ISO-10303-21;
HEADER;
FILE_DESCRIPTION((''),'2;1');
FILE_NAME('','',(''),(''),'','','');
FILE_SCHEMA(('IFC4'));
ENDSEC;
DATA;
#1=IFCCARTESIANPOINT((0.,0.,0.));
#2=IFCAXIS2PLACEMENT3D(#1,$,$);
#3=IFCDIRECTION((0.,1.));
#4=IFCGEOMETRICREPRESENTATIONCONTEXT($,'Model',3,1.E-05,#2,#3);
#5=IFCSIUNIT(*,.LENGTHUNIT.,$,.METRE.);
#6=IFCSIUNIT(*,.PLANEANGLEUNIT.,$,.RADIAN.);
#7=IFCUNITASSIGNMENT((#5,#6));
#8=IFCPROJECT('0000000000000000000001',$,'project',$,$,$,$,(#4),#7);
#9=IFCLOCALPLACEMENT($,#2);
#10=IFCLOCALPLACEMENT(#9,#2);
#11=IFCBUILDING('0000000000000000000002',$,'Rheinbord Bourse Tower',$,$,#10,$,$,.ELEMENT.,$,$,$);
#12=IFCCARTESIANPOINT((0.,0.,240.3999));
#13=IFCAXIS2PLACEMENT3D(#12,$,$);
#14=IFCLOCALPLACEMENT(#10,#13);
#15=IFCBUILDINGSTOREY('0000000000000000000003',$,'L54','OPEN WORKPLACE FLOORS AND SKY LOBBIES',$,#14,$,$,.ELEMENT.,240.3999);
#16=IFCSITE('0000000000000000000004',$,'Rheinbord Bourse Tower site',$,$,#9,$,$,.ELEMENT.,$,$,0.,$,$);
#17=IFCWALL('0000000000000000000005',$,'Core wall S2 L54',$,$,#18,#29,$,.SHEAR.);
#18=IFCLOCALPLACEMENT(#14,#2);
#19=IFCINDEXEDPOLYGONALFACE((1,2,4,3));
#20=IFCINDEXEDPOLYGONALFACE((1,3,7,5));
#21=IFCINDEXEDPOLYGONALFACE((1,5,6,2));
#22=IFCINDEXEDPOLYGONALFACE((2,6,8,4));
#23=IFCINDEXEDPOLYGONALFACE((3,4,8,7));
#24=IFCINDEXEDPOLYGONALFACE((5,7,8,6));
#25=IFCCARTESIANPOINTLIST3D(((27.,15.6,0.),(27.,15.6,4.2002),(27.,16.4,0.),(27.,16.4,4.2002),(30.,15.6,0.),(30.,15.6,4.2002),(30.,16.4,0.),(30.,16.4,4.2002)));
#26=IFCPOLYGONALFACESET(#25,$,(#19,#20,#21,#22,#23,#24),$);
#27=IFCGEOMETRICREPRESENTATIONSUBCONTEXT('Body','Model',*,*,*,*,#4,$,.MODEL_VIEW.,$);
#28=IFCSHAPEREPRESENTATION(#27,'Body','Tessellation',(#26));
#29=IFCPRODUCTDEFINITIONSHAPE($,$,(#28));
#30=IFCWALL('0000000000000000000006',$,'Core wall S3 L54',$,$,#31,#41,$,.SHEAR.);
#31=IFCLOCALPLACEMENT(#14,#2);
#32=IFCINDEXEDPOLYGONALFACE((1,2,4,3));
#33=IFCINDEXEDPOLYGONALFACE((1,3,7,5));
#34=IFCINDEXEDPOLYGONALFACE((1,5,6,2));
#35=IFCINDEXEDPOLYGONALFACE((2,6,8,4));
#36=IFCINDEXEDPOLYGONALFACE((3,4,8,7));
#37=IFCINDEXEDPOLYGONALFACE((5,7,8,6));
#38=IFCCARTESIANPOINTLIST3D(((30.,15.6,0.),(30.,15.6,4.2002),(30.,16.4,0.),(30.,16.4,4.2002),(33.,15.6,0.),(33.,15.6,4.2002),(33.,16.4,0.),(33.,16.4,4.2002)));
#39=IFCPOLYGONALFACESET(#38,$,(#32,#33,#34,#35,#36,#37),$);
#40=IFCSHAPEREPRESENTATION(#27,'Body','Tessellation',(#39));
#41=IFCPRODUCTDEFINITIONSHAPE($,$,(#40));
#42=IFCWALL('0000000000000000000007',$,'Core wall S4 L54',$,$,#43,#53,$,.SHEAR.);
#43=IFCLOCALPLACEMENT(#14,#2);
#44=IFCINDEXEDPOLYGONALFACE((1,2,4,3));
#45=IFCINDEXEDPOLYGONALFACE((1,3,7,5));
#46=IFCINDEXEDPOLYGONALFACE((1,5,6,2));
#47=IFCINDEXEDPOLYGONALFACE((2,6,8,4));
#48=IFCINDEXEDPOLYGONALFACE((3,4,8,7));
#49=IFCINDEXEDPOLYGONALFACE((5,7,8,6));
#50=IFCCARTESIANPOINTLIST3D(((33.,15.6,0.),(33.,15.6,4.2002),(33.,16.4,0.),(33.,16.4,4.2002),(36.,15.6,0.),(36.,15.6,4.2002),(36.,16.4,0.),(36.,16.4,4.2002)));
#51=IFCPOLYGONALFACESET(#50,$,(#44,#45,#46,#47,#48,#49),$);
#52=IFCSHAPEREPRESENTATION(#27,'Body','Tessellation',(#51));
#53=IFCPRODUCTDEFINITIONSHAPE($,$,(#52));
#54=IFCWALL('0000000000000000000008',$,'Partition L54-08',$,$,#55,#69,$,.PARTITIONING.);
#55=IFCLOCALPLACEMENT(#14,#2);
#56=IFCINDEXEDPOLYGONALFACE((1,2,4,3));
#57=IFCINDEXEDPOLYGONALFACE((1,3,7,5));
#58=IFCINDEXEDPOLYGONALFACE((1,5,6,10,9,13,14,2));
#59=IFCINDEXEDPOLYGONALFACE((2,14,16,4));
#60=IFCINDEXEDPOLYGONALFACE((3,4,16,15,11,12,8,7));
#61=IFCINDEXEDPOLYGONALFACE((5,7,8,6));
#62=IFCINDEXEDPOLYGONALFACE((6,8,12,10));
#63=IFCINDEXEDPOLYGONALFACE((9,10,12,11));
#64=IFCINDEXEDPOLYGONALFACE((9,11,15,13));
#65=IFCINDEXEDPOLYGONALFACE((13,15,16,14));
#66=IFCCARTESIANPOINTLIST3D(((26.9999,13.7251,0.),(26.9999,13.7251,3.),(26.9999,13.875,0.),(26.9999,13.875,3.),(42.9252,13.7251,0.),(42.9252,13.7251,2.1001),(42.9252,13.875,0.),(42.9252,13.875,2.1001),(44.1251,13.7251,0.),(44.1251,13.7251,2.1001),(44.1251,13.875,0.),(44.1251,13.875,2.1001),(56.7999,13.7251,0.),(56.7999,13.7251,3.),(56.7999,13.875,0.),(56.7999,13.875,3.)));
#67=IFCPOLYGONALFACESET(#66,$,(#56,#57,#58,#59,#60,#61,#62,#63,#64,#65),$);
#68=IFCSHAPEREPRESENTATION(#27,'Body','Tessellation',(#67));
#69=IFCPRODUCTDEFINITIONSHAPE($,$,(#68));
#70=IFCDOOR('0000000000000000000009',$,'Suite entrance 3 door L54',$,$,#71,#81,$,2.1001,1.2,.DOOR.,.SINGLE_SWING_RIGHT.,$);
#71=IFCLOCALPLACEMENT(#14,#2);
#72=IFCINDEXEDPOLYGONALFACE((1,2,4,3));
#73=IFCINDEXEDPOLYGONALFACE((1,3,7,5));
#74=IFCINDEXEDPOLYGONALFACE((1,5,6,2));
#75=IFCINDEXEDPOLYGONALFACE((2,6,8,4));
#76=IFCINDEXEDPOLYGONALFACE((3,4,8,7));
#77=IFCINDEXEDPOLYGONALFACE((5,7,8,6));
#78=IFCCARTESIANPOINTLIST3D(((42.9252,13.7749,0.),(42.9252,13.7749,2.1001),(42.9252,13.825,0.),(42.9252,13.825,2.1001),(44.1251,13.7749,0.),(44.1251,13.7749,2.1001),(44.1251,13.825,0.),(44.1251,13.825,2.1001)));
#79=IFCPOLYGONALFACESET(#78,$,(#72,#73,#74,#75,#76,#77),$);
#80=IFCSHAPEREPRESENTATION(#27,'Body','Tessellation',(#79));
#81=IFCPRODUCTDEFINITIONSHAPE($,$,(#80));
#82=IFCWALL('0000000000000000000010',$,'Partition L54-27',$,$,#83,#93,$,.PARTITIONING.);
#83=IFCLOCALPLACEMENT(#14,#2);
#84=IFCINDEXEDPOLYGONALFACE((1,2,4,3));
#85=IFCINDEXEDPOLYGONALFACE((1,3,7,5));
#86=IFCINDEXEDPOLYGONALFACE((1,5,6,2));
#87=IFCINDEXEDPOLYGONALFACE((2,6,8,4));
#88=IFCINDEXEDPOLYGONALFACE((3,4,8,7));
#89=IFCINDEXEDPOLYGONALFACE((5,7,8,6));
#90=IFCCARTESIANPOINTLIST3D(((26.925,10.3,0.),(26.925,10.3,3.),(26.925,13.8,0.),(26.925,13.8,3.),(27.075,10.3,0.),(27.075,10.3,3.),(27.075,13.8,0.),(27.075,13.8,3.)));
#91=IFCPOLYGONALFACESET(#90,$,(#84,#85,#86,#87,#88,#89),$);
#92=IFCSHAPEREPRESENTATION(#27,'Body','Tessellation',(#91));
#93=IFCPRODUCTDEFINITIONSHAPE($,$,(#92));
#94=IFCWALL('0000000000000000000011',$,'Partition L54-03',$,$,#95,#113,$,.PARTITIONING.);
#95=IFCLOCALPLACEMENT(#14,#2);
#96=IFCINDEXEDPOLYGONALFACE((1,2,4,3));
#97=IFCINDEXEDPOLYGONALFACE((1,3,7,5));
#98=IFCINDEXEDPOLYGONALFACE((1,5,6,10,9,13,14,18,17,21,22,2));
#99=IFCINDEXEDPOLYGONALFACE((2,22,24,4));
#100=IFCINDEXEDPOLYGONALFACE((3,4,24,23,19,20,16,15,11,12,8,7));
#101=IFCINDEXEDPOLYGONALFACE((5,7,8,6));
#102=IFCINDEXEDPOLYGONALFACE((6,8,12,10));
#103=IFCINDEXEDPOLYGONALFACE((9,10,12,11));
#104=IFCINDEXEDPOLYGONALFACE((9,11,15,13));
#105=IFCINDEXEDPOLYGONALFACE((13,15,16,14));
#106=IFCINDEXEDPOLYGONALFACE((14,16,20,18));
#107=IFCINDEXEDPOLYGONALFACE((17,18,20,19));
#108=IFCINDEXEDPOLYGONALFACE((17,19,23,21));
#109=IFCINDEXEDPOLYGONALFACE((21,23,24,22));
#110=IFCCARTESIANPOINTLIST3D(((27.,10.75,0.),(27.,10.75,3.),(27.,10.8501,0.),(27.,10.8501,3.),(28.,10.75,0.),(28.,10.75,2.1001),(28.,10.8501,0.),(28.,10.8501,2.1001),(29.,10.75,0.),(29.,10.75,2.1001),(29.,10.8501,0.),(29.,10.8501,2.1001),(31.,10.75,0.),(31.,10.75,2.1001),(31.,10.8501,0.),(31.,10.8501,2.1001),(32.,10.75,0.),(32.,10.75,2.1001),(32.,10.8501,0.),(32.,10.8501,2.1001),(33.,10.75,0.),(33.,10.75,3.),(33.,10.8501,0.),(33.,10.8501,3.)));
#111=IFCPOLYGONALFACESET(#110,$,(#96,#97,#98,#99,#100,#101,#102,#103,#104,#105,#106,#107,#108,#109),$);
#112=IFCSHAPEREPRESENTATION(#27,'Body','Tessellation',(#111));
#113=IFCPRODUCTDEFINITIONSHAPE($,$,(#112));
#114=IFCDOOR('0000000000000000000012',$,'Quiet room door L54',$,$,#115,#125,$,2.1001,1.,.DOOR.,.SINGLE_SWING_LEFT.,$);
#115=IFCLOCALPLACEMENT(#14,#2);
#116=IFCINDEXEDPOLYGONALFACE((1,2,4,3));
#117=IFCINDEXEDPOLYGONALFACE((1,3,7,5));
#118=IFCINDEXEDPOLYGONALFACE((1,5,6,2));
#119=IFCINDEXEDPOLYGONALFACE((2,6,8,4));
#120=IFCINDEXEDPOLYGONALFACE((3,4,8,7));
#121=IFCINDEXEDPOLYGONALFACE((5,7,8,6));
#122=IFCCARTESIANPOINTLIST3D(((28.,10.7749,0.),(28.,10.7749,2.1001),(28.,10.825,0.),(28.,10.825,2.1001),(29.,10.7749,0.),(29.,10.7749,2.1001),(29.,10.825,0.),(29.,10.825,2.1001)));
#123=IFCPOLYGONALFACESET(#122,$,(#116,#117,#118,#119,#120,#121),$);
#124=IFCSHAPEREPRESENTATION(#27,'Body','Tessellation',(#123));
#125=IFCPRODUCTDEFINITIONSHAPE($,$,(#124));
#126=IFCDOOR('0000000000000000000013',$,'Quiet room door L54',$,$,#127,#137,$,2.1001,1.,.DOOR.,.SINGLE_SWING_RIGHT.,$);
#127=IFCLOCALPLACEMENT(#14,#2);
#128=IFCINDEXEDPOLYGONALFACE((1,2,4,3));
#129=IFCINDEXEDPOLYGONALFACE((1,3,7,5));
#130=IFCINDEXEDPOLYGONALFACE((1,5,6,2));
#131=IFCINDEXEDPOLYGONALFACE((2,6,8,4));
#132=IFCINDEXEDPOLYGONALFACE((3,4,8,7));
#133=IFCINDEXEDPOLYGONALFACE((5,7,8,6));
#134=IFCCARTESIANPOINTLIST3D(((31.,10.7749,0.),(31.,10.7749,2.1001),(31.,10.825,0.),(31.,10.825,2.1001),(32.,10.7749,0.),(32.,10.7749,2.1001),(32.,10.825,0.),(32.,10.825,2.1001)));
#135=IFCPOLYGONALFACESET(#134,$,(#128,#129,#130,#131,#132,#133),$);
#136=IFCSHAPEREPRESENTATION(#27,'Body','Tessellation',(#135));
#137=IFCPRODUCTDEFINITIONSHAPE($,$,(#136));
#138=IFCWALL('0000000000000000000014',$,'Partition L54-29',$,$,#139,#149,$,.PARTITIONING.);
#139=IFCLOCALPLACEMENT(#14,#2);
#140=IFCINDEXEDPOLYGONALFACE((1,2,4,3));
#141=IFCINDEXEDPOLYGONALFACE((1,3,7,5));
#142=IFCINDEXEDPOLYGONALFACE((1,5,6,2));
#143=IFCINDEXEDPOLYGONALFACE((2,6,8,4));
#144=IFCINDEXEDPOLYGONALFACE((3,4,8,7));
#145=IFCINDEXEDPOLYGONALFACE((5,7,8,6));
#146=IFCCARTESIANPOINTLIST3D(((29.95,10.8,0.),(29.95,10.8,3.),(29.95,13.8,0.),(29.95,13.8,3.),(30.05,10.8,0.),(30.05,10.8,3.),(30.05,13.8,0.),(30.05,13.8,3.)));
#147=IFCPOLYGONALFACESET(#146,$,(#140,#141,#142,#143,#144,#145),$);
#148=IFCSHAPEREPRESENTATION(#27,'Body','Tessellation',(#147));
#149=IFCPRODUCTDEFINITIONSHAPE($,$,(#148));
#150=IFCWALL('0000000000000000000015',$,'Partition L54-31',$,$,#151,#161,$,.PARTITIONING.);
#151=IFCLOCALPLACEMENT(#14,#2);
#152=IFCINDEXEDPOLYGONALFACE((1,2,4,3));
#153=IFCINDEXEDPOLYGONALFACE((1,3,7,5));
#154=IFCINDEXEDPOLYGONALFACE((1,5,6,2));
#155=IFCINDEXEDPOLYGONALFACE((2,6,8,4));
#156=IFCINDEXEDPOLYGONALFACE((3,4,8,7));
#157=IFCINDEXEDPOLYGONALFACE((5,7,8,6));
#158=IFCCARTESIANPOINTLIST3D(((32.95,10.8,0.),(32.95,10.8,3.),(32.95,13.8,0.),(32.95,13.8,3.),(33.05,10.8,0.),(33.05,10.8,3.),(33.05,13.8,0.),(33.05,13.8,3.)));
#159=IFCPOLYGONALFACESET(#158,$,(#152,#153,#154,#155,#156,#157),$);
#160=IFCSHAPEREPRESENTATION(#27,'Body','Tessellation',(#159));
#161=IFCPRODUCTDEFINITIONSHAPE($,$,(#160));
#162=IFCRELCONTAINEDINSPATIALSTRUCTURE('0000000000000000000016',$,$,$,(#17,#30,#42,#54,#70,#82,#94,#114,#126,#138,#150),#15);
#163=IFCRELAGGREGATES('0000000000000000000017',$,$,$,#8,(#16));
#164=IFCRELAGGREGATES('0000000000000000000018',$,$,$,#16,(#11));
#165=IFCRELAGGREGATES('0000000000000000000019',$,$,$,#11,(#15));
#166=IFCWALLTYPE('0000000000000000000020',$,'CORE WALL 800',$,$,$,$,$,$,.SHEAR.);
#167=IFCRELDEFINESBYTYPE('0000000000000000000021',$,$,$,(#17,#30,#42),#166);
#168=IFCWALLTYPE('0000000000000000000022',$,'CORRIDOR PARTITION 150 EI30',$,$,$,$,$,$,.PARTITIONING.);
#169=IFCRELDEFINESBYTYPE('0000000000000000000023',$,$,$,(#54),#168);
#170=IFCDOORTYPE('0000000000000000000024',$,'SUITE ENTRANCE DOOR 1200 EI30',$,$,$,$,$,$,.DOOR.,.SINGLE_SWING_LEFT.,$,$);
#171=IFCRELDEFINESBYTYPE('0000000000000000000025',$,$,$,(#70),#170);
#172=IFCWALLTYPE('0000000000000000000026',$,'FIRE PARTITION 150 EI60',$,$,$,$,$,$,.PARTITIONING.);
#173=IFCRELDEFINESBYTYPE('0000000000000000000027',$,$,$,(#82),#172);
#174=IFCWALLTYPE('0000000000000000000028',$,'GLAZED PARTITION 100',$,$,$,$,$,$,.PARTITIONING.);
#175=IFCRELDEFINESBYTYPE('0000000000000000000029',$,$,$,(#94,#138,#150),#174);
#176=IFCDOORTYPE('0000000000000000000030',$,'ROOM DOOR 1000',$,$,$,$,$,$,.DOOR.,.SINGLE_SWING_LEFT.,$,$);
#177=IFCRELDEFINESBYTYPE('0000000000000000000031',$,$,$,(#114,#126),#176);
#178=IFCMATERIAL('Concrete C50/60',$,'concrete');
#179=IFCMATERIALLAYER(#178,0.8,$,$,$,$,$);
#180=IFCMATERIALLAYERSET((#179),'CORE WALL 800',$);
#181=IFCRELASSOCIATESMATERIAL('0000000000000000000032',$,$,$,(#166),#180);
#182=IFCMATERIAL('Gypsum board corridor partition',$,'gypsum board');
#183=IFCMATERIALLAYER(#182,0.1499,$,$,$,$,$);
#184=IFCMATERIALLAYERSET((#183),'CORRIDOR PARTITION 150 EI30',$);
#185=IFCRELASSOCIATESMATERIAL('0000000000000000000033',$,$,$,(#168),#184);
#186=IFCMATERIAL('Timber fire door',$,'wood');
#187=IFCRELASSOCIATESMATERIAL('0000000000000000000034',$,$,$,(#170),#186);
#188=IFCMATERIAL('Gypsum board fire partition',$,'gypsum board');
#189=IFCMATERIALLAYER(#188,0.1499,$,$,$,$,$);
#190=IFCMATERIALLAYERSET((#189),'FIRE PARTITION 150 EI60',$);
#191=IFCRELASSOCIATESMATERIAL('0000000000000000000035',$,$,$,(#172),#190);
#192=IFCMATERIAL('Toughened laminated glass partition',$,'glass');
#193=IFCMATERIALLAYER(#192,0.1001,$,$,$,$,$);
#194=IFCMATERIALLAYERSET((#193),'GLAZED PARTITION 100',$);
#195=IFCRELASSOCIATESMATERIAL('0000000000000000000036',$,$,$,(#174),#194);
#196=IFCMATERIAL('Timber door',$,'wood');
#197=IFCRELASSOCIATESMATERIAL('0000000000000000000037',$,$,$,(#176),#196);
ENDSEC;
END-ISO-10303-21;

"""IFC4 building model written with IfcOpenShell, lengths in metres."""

from ifc_helpers import new_model, si_unit, direction, frame, frame_2d, origin, place, context, subcontext, project, spatial, rectangle, extrude, material, layer, layer_set, type_object, element, fill, save


model = new_model("IFC4")

# Units and contexts
model_context = context("Model", 3, precision=1e-05, world=origin(), true_north=direction((0.0, 1.0)))
body_context = subcontext(model_context, "Body", "Model", "MODEL_VIEW")
ifc_project = project(units=[si_unit("LENGTHUNIT", "METRE"), si_unit("PLANEANGLEUNIT", "RADIAN")], contexts=[model_context])

# Site, building, storey
site_placement = place(None, origin())
site = spatial("IfcSite", under=ifc_project, at=site_placement, Name="Rheinbord Bourse Tower site", CompositionType="ELEMENT", RefElevation=0.0)
building_placement = place(site_placement, origin())
building = spatial("IfcBuilding", under=site, at=building_placement, Name="Rheinbord Bourse Tower", CompositionType="ELEMENT")
storey_placement = place(building_placement, frame((0.0, 0.0, 240.3999)))
storey = spatial("IfcBuildingStorey", under=building, at=storey_placement, Name="L54", Description="OPEN WORKPLACE FLOORS AND SKY LOBBIES", CompositionType="ELEMENT", Elevation=240.3999)

# Walls
ifc_material_1 = material(Name="Concrete C50/60", Category="concrete")
ifc_layer_1 = layer(ifc_material_1, 0.8)
ifc_layer_set_1 = layer_set([ifc_layer_1], Name="CORE WALL 800")
wall_type_1 = type_object("IfcWallType", Name="CORE WALL 800", PredefinedType="SHEAR", material=ifc_layer_set_1)
for number, where, z_axis, x_axis, name in (
    (1, (27.0, 16.0, 0.0), (0.0, 0.0, 1.0), (1.0, 0.0, 0.0), "Core wall S2 L54"),
    (2, (30.0, 16.0, 0.0), (0.0, 0.0, 1.0), (1.0, 0.0, 0.0), "Core wall S3 L54"),
    (3, (33.0, 16.0, 0.0), (0.0, 0.0, 1.0), (1.0, 0.0, 0.0), "Core wall S4 L54"),
):
    element("IfcWall", number, at=place(storey_placement, frame(where, z_axis=z_axis, x_axis=x_axis)), inside=storey, type_object=wall_type_1, Name=name, PredefinedType="SHEAR", context=body_context, shape_type="SweptSolid", body=[
        extrude(rectangle(XDim=3.0, YDim=0.8, at=frame_2d((1.5, 0.0))), origin(), (0.0, 0.0, 1.0), 4.2002),
    ])

# Wall, opening, door
ifc_material_2 = material(Name="Gypsum board corridor partition", Category="gypsum board")
ifc_layer_2 = layer(ifc_material_2, 0.1499)
ifc_layer_set_2 = layer_set([ifc_layer_2], Name="CORRIDOR PARTITION 150 EI30")
wall_type_2 = type_object("IfcWallType", Name="CORRIDOR PARTITION 150 EI30", PredefinedType="PARTITIONING", material=ifc_layer_set_2)
wall_1_placement = place(storey_placement, frame((27.0, 13.8, 0.0), z_axis=(0.0, 0.0, 1.0), x_axis=(1.0, 0.0, 0.0)))
wall_1 = element("IfcWall", 4, at=wall_1_placement, inside=storey, type_object=wall_type_2, Name="Partition L54-08", PredefinedType="PARTITIONING", context=body_context, shape_type="SweptSolid", body=[
    extrude(rectangle(XDim=29.8, YDim=0.1499, at=frame_2d((14.8999, 0.0))), origin(), (0.0, 0.0, 1.0), 3.0),
])
opening_1_placement = place(wall_1_placement, frame((15.925, 0.0, 0.0)))
opening_1 = element("IfcOpeningElement", 5, at=opening_1_placement, cuts=wall_1, PredefinedType="OPENING", context=body_context, shape_type="SweptSolid", body=[
    extrude(rectangle(XDim=1.2, YDim=2.1001, at=frame_2d((0.6001, 1.05))), frame((0.0, 0.085, 0.0), z_axis=(0.0, -1.0, 0.0), x_axis=(1.0, 0.0, 0.0)), (0.0, 0.0, 1.0), 0.1699),
])
ifc_material_3 = material(Name="Timber fire door", Category="wood")
door_type_1 = type_object("IfcDoorType", Name="SUITE ENTRANCE DOOR 1200 EI30", OperationType="SINGLE_SWING_LEFT", PredefinedType="DOOR", material=ifc_material_3)
door_1_placement = place(opening_1_placement, origin())
door_1 = element("IfcDoor", 6, at=door_1_placement, inside=storey, type_object=door_type_1, Name="Suite entrance 3 door L54", OperationType="SINGLE_SWING_RIGHT", OverallHeight=2.1001, OverallWidth=1.2, PredefinedType="DOOR", context=body_context, shape_type="SweptSolid", body=[
    extrude(rectangle(XDim=1.2, YDim=2.1001, at=frame_2d((0.6001, 1.05))), frame((0.0, 0.0249, 0.0), z_axis=(0.0, -1.0, 0.0), x_axis=(1.0, 0.0, 0.0)), (0.0, 0.0, 1.0), 0.05),
])
fill(opening_1, door_1)

# Wall
ifc_material_4 = material(Name="Gypsum board fire partition", Category="gypsum board")
ifc_layer_3 = layer(ifc_material_4, 0.1499)
ifc_layer_set_3 = layer_set([ifc_layer_3], Name="FIRE PARTITION 150 EI60")
wall_type_3 = type_object("IfcWallType", Name="FIRE PARTITION 150 EI60", PredefinedType="PARTITIONING", material=ifc_layer_set_3)
wall_2_placement = place(storey_placement, frame((27.0, 10.3, 0.0), z_axis=(0.0, 0.0, 1.0), x_axis=(0.0, 1.0, 0.0)))
element("IfcWall", 7, at=wall_2_placement, inside=storey, type_object=wall_type_3, Name="Partition L54-27", PredefinedType="PARTITIONING", context=body_context, shape_type="SweptSolid", body=[
    extrude(rectangle(XDim=3.5, YDim=0.1499, at=frame_2d((1.75, 0.0))), origin(), (0.0, 0.0, 1.0), 3.0),
])

# Wall, openings, doors
ifc_material_5 = material(Name="Toughened laminated glass partition", Category="glass")
ifc_layer_4 = layer(ifc_material_5, 0.1001)
ifc_layer_set_4 = layer_set([ifc_layer_4], Name="GLAZED PARTITION 100")
wall_type_4 = type_object("IfcWallType", Name="GLAZED PARTITION 100", PredefinedType="PARTITIONING", material=ifc_layer_set_4)
wall_3_placement = place(storey_placement, frame((27.0, 10.8, 0.0), z_axis=(0.0, 0.0, 1.0), x_axis=(1.0, 0.0, 0.0)))
wall_3 = element("IfcWall", 8, at=wall_3_placement, inside=storey, type_object=wall_type_4, Name="Partition L54-03", PredefinedType="PARTITIONING", context=body_context, shape_type="SweptSolid", body=[
    extrude(rectangle(XDim=6.0, YDim=0.1001, at=frame_2d((3.0, 0.0))), origin(), (0.0, 0.0, 1.0), 3.0),
])
opening_2_placement = place(wall_3_placement, frame((1.0, 0.0, 0.0)))
opening_2 = element("IfcOpeningElement", 9, at=opening_2_placement, cuts=wall_3, PredefinedType="OPENING", context=body_context, shape_type="SweptSolid", body=[
    extrude(rectangle(XDim=1.0, YDim=2.1001, at=frame_2d((0.5, 1.05))), frame((0.0, 0.0601, 0.0), z_axis=(0.0, -1.0, 0.0), x_axis=(1.0, 0.0, 0.0)), (0.0, 0.0, 1.0), 0.1201),
])
opening_3_placement = place(wall_3_placement, frame((4.0, 0.0, 0.0)))
opening_3 = element("IfcOpeningElement", 10, at=opening_3_placement, cuts=wall_3, PredefinedType="OPENING", context=body_context, shape_type="SweptSolid", body=[
    extrude(rectangle(XDim=1.0, YDim=2.1001, at=frame_2d((0.5, 1.05))), frame((0.0, 0.0601, 0.0), z_axis=(0.0, -1.0, 0.0), x_axis=(1.0, 0.0, 0.0)), (0.0, 0.0, 1.0), 0.1201),
])
ifc_material_6 = material(Name="Timber door", Category="wood")
door_type_2 = type_object("IfcDoorType", Name="ROOM DOOR 1000", OperationType="SINGLE_SWING_LEFT", PredefinedType="DOOR", material=ifc_material_6)
door_2_placement = place(opening_2_placement, origin())
door_2 = element("IfcDoor", 11, at=door_2_placement, inside=storey, type_object=door_type_2, Name="Quiet room door L54", OperationType="SINGLE_SWING_LEFT", OverallHeight=2.1001, OverallWidth=1.0, PredefinedType="DOOR", context=body_context, shape_type="SweptSolid", body=[
    extrude(rectangle(XDim=1.0, YDim=2.1001, at=frame_2d((0.5, 1.05))), frame((0.0, 0.0249, 0.0), z_axis=(0.0, -1.0, 0.0), x_axis=(1.0, 0.0, 0.0)), (0.0, 0.0, 1.0), 0.05),
])
fill(opening_2, door_2)
door_3_placement = place(opening_3_placement, origin())
door_3 = element("IfcDoor", 12, at=door_3_placement, inside=storey, type_object=door_type_2, Name="Quiet room door L54", OperationType="SINGLE_SWING_RIGHT", OverallHeight=2.1001, OverallWidth=1.0, PredefinedType="DOOR", context=body_context, shape_type="SweptSolid", body=[
    extrude(rectangle(XDim=1.0, YDim=2.1001, at=frame_2d((0.5, 1.05))), frame((0.0, 0.0249, 0.0), z_axis=(0.0, -1.0, 0.0), x_axis=(1.0, 0.0, 0.0)), (0.0, 0.0, 1.0), 0.05),
])
fill(opening_3, door_3)

# Walls
for number, where, z_axis, x_axis, name in (
    (13, (30.0, 10.8, 0.0), (0.0, 0.0, 1.0), (0.0, 1.0, 0.0), "Partition L54-29"),
    (14, (33.0, 10.8, 0.0), (0.0, 0.0, 1.0), (0.0, 1.0, 0.0), "Partition L54-31"),
):
    element("IfcWall", number, at=place(storey_placement, frame(where, z_axis=z_axis, x_axis=x_axis)), inside=storey, type_object=wall_type_4, Name=name, PredefinedType="PARTITIONING", context=body_context, shape_type="SweptSolid", body=[
        extrude(rectangle(XDim=3.0, YDim=0.1001, at=frame_2d((1.5, 0.0))), origin(), (0.0, 0.0, 1.0), 3.0),
    ])

save(model, "model.ifc")
